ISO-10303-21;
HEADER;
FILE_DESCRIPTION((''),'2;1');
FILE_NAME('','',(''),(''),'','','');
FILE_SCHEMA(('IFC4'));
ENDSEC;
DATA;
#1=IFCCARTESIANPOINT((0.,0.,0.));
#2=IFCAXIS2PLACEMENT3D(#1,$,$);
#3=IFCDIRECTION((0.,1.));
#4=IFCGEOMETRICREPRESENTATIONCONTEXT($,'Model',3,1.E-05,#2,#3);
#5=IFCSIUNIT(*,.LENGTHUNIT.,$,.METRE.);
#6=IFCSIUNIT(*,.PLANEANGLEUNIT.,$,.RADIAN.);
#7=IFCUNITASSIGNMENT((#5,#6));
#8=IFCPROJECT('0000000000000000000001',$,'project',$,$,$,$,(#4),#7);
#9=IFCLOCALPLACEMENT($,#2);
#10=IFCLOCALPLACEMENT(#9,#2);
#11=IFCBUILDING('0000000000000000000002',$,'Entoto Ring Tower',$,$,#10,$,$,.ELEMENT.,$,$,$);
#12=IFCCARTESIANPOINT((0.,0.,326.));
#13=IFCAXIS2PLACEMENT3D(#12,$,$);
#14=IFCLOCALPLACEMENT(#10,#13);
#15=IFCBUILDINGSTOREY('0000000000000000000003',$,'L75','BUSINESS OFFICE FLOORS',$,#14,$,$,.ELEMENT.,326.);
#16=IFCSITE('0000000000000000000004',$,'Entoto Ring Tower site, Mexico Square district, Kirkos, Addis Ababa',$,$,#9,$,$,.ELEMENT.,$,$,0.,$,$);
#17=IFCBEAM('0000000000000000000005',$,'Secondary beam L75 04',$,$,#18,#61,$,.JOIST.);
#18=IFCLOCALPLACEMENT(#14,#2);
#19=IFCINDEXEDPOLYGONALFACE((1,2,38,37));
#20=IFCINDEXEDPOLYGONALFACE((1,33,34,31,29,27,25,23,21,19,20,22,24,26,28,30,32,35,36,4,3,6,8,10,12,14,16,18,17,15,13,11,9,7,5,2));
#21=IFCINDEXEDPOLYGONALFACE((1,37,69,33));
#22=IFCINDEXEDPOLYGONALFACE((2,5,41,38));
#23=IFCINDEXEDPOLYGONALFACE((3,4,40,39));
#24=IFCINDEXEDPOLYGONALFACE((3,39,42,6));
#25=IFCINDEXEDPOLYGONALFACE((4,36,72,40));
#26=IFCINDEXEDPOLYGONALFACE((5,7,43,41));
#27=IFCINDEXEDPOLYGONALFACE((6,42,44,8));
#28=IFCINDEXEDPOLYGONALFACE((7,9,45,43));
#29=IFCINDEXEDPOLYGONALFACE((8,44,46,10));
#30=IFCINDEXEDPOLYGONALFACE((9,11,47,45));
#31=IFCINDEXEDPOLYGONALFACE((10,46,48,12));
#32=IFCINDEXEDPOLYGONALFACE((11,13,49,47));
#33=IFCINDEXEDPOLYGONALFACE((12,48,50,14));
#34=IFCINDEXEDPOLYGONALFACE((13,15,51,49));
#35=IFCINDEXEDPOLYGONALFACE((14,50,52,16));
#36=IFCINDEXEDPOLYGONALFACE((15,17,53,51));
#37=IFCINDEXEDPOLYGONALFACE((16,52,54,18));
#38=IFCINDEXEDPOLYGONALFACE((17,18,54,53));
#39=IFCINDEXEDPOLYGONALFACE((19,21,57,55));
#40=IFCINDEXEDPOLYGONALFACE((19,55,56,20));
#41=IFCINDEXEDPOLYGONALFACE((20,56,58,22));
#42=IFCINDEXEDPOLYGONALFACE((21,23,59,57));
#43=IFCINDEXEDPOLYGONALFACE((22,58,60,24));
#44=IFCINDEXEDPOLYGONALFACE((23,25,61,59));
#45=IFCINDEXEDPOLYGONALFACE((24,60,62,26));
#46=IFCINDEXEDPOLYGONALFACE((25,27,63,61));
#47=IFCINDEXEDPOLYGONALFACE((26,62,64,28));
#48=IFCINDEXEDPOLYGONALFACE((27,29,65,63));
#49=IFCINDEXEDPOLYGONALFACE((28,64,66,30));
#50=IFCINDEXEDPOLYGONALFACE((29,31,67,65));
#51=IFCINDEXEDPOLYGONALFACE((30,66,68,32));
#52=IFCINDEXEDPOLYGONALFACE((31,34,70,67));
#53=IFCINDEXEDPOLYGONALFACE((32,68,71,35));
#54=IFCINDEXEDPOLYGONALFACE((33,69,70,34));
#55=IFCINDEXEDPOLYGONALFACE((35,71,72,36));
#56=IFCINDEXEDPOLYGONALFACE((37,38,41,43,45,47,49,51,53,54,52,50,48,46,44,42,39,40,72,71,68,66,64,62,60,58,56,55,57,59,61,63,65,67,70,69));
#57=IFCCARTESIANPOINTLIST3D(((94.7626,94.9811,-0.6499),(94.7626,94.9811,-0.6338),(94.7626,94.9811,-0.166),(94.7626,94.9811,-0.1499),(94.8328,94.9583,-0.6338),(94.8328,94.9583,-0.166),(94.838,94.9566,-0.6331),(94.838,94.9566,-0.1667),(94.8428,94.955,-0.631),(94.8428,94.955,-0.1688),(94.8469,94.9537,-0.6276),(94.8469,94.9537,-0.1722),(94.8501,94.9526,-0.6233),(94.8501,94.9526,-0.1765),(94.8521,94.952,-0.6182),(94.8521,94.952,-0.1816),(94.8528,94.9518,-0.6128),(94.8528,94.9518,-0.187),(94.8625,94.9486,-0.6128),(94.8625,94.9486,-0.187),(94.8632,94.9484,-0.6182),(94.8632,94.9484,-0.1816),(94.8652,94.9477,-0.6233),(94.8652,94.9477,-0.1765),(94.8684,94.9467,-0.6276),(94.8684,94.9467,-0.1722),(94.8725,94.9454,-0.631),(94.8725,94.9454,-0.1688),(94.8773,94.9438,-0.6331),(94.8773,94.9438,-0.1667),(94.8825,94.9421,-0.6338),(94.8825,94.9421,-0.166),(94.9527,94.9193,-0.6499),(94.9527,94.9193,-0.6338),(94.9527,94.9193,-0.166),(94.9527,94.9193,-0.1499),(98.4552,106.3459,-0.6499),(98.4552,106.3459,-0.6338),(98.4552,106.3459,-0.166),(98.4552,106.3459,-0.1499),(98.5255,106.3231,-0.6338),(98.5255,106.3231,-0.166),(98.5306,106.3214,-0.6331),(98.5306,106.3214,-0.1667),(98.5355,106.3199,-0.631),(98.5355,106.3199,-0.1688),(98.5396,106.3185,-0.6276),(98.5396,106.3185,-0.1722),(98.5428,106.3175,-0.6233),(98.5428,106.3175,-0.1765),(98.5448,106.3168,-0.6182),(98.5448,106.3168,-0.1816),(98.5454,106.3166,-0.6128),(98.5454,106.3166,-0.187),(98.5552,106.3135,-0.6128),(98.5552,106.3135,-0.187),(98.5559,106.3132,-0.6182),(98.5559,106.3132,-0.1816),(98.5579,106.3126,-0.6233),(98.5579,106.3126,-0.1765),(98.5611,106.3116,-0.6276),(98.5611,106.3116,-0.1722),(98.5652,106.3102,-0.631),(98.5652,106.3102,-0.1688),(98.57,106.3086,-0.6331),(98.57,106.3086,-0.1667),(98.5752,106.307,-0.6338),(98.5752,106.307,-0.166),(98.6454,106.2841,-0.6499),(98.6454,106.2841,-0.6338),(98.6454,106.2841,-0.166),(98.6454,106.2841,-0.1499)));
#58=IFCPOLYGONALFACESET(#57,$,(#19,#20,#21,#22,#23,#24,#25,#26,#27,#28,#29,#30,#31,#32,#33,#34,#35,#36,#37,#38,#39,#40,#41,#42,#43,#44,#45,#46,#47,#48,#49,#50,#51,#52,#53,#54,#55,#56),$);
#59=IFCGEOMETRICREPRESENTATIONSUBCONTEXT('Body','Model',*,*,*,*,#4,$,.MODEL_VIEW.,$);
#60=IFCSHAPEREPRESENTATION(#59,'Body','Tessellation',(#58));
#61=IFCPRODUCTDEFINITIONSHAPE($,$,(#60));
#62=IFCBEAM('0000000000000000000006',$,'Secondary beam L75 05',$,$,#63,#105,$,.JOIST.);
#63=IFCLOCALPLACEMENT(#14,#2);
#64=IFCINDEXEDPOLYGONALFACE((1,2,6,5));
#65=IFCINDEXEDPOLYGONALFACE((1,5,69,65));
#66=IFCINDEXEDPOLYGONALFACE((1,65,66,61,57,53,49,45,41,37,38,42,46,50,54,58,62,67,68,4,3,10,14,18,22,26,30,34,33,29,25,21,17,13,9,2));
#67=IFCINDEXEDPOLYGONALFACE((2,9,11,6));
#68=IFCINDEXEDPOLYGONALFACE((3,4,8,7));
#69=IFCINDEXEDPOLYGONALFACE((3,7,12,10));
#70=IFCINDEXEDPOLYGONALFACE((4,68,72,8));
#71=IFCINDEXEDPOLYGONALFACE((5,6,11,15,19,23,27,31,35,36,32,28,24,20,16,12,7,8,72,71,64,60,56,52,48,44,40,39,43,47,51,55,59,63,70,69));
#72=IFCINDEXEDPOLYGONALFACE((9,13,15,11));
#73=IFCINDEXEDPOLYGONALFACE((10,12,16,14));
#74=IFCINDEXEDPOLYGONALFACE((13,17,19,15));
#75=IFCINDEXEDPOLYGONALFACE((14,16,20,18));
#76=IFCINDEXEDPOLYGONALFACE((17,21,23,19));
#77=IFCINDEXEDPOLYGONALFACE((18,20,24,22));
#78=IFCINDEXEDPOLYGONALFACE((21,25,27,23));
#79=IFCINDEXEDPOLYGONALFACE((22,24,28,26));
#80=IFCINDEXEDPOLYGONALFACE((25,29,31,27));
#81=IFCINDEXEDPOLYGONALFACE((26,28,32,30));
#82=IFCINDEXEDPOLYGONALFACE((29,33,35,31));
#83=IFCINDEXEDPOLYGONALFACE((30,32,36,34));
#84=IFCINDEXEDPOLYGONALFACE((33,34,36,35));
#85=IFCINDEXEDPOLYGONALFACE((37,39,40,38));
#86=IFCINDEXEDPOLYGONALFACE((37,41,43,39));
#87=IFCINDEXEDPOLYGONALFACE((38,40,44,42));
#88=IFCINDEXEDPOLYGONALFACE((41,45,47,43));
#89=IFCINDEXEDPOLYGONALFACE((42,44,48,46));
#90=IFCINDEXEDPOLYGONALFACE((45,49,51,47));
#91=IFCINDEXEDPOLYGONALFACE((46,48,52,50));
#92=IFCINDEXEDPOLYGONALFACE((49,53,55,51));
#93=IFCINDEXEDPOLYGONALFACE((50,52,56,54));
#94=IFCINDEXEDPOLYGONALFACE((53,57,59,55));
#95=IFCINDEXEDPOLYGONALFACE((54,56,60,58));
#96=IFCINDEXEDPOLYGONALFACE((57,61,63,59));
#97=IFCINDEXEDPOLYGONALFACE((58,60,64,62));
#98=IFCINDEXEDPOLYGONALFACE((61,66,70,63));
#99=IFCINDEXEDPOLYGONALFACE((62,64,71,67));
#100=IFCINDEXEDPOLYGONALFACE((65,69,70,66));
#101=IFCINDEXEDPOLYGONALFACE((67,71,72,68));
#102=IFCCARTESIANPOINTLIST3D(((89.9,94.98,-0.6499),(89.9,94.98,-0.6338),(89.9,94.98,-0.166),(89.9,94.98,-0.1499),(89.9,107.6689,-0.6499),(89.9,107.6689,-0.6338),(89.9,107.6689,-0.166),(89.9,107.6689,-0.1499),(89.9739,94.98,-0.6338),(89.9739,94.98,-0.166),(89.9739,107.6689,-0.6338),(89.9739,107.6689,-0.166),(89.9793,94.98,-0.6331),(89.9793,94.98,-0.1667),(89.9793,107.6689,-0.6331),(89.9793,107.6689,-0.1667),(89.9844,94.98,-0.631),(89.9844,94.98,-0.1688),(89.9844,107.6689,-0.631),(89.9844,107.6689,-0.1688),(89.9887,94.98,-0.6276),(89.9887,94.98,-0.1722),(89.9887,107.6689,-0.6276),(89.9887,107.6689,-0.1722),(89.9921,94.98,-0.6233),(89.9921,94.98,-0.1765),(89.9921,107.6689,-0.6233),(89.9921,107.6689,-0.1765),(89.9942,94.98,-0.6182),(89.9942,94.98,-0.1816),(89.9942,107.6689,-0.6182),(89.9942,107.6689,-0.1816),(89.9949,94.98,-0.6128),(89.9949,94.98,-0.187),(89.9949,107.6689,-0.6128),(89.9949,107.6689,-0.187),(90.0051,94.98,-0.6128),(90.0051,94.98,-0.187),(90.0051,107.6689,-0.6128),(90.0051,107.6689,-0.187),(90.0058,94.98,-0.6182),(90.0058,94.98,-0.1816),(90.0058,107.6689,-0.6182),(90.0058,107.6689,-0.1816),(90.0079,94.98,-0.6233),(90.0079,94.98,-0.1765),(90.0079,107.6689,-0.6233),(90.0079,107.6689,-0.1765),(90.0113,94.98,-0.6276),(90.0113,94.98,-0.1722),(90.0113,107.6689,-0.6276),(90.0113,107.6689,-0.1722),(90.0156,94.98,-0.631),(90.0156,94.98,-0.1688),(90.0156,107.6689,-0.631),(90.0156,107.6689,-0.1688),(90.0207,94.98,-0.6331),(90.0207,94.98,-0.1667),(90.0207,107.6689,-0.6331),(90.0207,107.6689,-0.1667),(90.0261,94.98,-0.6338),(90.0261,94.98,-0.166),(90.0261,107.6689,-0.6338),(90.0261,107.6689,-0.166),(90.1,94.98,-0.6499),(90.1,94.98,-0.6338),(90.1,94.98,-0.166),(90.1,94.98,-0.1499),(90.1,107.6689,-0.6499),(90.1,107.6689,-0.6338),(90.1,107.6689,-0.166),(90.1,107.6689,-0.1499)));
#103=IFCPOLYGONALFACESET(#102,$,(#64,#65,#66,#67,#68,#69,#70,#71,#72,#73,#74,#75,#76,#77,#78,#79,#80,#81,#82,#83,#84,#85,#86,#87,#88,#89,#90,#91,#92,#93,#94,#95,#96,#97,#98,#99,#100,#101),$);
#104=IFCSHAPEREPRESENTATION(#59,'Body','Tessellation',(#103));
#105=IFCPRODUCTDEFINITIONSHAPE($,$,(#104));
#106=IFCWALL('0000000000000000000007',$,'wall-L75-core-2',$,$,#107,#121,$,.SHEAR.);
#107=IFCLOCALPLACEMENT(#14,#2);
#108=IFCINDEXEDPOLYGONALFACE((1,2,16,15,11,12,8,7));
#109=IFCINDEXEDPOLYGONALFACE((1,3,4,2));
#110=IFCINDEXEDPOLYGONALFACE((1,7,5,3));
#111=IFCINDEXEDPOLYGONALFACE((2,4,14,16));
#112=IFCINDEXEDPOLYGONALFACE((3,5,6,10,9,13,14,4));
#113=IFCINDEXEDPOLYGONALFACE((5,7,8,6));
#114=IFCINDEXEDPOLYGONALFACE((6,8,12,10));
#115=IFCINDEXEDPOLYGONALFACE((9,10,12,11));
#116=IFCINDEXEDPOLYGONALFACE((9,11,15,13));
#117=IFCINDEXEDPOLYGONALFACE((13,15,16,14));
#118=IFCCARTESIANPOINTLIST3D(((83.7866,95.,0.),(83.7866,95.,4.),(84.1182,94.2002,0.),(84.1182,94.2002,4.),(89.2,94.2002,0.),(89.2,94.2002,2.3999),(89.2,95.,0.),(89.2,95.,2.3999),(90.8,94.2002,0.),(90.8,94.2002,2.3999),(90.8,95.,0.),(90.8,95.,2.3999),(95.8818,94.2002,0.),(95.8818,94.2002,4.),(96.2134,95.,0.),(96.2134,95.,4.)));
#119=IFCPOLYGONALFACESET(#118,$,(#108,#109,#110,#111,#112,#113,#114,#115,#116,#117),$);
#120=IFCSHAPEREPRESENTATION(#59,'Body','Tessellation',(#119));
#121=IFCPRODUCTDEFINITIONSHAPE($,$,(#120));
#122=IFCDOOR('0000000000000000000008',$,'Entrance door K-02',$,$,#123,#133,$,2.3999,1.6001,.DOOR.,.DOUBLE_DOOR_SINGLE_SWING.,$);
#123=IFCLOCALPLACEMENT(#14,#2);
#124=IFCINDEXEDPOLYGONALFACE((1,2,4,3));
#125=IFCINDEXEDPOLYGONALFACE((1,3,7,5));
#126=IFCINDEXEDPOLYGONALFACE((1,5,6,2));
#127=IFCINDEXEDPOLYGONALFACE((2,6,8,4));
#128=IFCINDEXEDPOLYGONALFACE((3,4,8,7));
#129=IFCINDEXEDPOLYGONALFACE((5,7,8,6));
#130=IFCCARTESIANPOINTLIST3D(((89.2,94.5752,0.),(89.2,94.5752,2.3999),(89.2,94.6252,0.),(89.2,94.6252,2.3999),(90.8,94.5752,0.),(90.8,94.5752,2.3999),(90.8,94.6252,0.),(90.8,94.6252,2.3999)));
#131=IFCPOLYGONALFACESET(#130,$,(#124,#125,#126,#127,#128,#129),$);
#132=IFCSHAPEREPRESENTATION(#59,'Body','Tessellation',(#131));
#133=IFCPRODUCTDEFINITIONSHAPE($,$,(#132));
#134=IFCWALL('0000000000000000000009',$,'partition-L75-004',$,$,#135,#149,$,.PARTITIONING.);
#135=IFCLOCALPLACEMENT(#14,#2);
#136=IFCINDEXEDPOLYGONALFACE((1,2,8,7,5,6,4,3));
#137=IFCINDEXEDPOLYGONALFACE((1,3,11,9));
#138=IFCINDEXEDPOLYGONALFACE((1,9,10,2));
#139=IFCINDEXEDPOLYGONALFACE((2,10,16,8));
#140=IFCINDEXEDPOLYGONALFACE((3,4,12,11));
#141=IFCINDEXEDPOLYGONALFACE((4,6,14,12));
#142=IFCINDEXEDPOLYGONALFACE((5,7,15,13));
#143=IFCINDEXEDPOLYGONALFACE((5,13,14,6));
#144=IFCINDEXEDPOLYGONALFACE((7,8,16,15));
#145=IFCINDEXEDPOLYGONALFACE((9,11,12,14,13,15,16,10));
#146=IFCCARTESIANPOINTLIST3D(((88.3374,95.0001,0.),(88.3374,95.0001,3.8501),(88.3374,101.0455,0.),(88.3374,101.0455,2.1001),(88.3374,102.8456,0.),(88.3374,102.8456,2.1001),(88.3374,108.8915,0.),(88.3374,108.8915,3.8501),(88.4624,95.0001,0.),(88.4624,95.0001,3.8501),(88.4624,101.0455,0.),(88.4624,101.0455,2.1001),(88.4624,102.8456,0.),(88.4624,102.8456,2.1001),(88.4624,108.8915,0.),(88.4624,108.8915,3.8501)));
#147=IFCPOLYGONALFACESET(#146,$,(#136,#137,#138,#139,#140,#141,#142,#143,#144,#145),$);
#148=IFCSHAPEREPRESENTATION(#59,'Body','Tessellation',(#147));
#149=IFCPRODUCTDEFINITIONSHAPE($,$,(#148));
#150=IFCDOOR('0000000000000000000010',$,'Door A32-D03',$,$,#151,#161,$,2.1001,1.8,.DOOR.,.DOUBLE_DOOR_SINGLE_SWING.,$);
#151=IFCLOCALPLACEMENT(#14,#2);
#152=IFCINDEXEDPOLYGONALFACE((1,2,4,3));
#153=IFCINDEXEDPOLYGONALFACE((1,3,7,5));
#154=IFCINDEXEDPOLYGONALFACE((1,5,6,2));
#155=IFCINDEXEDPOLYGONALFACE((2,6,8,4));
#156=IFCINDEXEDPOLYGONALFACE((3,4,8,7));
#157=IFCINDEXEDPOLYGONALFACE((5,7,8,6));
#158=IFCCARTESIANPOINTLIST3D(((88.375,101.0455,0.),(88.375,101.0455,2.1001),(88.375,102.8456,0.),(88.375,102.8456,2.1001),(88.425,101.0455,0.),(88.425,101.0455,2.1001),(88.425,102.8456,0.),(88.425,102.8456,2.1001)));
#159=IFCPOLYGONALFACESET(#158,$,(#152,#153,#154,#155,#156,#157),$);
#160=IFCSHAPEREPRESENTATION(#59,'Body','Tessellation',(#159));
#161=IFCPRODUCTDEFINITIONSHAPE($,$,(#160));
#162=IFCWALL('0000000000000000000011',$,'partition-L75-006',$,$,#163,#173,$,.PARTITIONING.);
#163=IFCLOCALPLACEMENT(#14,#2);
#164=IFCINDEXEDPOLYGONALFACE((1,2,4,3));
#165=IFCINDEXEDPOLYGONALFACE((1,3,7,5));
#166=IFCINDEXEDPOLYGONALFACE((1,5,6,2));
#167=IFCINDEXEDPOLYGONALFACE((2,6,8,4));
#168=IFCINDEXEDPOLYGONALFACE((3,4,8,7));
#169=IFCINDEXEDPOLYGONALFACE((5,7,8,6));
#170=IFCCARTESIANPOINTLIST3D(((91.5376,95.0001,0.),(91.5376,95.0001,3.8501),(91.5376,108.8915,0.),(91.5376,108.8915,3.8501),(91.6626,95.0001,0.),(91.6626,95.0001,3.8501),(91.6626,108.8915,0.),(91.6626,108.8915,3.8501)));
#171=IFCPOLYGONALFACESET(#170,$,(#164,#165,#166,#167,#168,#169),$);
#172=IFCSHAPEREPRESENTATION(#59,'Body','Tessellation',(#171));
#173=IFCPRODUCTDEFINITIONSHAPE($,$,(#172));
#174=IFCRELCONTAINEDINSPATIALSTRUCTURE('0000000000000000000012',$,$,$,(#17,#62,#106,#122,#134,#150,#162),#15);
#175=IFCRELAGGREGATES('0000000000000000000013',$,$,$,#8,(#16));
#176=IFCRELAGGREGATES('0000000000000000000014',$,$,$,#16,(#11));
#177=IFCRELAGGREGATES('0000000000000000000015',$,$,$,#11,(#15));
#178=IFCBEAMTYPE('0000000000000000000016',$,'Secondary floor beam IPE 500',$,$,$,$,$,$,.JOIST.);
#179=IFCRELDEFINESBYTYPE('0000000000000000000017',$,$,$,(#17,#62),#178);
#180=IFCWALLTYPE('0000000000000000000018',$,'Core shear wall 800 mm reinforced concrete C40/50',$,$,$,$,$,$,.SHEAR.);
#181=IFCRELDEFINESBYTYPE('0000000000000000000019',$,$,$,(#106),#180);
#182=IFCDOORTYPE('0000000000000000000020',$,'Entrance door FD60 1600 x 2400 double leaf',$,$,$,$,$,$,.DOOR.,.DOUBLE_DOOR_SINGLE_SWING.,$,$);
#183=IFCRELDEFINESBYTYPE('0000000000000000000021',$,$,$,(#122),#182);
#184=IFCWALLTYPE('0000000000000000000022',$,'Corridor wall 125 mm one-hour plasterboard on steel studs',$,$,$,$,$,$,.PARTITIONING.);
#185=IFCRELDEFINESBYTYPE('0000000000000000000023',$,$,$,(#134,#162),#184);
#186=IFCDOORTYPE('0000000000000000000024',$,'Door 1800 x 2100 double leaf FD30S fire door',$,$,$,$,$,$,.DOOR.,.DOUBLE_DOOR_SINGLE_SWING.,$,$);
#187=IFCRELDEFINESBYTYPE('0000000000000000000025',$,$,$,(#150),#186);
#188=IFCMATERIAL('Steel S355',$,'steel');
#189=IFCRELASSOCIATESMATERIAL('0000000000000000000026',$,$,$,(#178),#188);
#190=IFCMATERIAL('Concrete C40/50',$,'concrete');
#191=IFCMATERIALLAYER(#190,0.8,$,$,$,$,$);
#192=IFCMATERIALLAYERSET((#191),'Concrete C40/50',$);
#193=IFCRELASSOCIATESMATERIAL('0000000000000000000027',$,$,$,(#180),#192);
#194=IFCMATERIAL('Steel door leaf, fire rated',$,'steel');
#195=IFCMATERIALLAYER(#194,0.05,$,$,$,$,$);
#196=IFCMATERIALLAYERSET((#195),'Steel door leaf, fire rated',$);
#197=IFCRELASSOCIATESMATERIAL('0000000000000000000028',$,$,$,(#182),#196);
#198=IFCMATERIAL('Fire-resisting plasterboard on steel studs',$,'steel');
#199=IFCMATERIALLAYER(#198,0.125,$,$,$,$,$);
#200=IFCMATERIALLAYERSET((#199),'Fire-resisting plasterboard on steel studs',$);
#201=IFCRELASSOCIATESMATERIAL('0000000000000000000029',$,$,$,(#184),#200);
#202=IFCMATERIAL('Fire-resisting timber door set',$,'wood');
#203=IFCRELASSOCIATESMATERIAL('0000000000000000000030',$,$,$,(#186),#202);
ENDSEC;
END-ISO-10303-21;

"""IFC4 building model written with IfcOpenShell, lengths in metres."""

from ifc_helpers import new_model, si_unit, direction, frame, frame_2d, origin, origin_2d, place, context, subcontext, project, spatial, polyline, rectangle, i_section, outline, extrude, material, layer, layer_set, material_profile, profile_set, type_object, element, fill, save


model = new_model("IFC4")

# Units and contexts
model_context = context("Model", 3, precision=1e-05, world=origin(), true_north=direction((0.0, 1.0)))
body_context = subcontext(model_context, "Body", "Model", "MODEL_VIEW")
ifc_project = project(units=[si_unit("LENGTHUNIT", "METRE"), si_unit("PLANEANGLEUNIT", "RADIAN")], contexts=[model_context])

# Site, building, storey
site_placement = place(None, origin())
site = spatial("IfcSite", under=ifc_project, at=site_placement, Name="Entoto Ring Tower site, Mexico Square district, Kirkos, Addis Ababa", CompositionType="ELEMENT", RefElevation=0.0)
building_placement = place(site_placement, origin())
building = spatial("IfcBuilding", under=site, at=building_placement, Name="Entoto Ring Tower", CompositionType="ELEMENT")
storey_placement = place(building_placement, frame((0.0, 0.0, 326.0)))
storey = spatial("IfcBuildingStorey", under=building, at=storey_placement, Name="L75", Description="BUSINESS OFFICE FLOORS", CompositionType="ELEMENT", Elevation=326.0)

# Beams
ifc_material_1 = material(Name="Steel S355", Category="steel")
ifc_material_profile_1 = material_profile(ifc_material_1, i_section(OverallWidth=0.2, OverallDepth=0.5, WebThickness=0.0103, FlangeThickness=0.0161, FilletRadius=0.021, at=origin_2d()), Name="IPE 500")
ifc_profile_set_1 = profile_set([ifc_material_profile_1], Name="Steel S355")
beam_type_1 = type_object("IfcBeamType", Name="Secondary floor beam IPE 500", PredefinedType="JOIST", material=ifc_profile_set_1)
beam_1_placement = place(storey_placement, frame((94.8577, 94.9502, -0.3999), z_axis=(0.309017, 0.951057, 0.0), x_axis=(-0.951057, 0.309017, 0.0)))
element("IfcBeam", 1, at=beam_1_placement, inside=storey, type_object=beam_type_1, Name="Secondary beam L75 04", PredefinedType="JOIST", context=body_context, shape_type="SweptSolid", body=[
    extrude(i_section(OverallWidth=0.2, OverallDepth=0.5, WebThickness=0.0103, FlangeThickness=0.0161, FilletRadius=0.021, at=origin_2d()), origin(), (0.0, 0.0, 1.0), 11.9497),
])
beam_2_placement = place(storey_placement, frame((90.0, 94.98, -0.3999), z_axis=(0.0, 1.0, 0.0), x_axis=(-1.0, 0.0, 0.0)))
element("IfcBeam", 2, at=beam_2_placement, inside=storey, type_object=beam_type_1, Name="Secondary beam L75 05", PredefinedType="JOIST", context=body_context, shape_type="SweptSolid", body=[
    extrude(i_section(OverallWidth=0.2, OverallDepth=0.5, WebThickness=0.0103, FlangeThickness=0.0161, FilletRadius=0.021, at=origin_2d()), origin(), (0.0, 0.0, 1.0), 12.689),
])

# Walls, openings, doors
ifc_material_2 = material(Name="Concrete C40/50", Category="concrete")
ifc_layer_1 = layer(ifc_material_2, 0.8)
ifc_layer_set_1 = layer_set([ifc_layer_1], Name="Concrete C40/50")
wall_type_1 = type_object("IfcWallType", Name="Core shear wall 800 mm reinforced concrete C40/50", PredefinedType="SHEAR", material=ifc_layer_set_1)
wall_1_placement = place(storey_placement, frame((96.0476, 94.6001, 0.0), z_axis=(0.0, 0.0, 1.0), x_axis=(-1.0, 0.0, 0.0)))
wall_1 = element("IfcWall", 3, at=wall_1_placement, inside=storey, type_object=wall_type_1, Name="wall-L75-core-2", PredefinedType="SHEAR", context=body_context, shape_type="SweptSolid", body=[
    extrude(outline(polyline([(-0.1658, -0.3999), (12.261, -0.3999), (11.9294, 0.3999), (0.1658, 0.3999), (-0.1658, -0.3999)])), origin(), (0.0, 0.0, 1.0), 4.0),
])
opening_1_placement = place(wall_1_placement, frame((5.2476, 0.0, 0.0)))
opening_1 = element("IfcOpeningElement", 4, at=opening_1_placement, cuts=wall_1, PredefinedType="OPENING", context=body_context, shape_type="SweptSolid", body=[
    extrude(rectangle(XDim=1.6001, YDim=2.3999, at=frame_2d((0.8, 1.2))), frame((0.0, 0.4102, 0.0), z_axis=(0.0, -1.0, 0.0), x_axis=(1.0, 0.0, 0.0)), (0.0, 0.0, 1.0), 0.8201),
])
ifc_material_3 = material(Name="Steel door leaf, fire rated", Category="steel")
ifc_layer_2 = layer(ifc_material_3, 0.05)
ifc_layer_set_2 = layer_set([ifc_layer_2], Name="Steel door leaf, fire rated")
door_type_1 = type_object("IfcDoorType", Name="Entrance door FD60 1600 x 2400 double leaf", OperationType="DOUBLE_DOOR_SINGLE_SWING", PredefinedType="DOOR", material=ifc_layer_set_2)
door_1_placement = place(opening_1_placement, origin())
door_1 = element("IfcDoor", 5, at=door_1_placement, inside=storey, type_object=door_type_1, Name="Entrance door K-02", OperationType="DOUBLE_DOOR_SINGLE_SWING", OverallHeight=2.3999, OverallWidth=1.6001, PredefinedType="DOOR", context=body_context, shape_type="SweptSolid", body=[
    extrude(rectangle(XDim=1.6001, YDim=2.3999, at=frame_2d((0.8, 1.2))), frame((0.0, 0.0249, 0.0), z_axis=(0.0, -1.0, 0.0), x_axis=(1.0, 0.0, 0.0)), (0.0, 0.0, 1.0), 0.05),
])
fill(opening_1, door_1)
ifc_material_4 = material(Name="Fire-resisting plasterboard on steel studs", Category="steel")
ifc_layer_3 = layer(ifc_material_4, 0.125)
ifc_layer_set_3 = layer_set([ifc_layer_3], Name="Fire-resisting plasterboard on steel studs")
wall_type_2 = type_object("IfcWallType", Name="Corridor wall 125 mm one-hour plasterboard on steel studs", PredefinedType="PARTITIONING", material=ifc_layer_set_3)
wall_2_placement = place(storey_placement, frame((88.3999, 95.0, 0.0), z_axis=(0.0, 0.0, 1.0), x_axis=(0.0, 1.0, 0.0)))
wall_2 = element("IfcWall", 6, at=wall_2_placement, inside=storey, type_object=wall_type_2, Name="partition-L75-004", PredefinedType="PARTITIONING", context=body_context, shape_type="SweptSolid", body=[
    extrude(rectangle(XDim=13.8914, YDim=0.125, at=frame_2d((6.9458, 0.0))), origin(), (0.0, 0.0, 1.0), 3.8501),
])
opening_2_placement = place(wall_2_placement, frame((6.0457, 0.0, 0.0)))
opening_2 = element("IfcOpeningElement", 7, at=opening_2_placement, cuts=wall_2, PredefinedType="OPENING", context=body_context, shape_type="SweptSolid", body=[
    extrude(rectangle(XDim=1.8, YDim=2.1001, at=frame_2d((0.8999, 1.05))), frame((0.0, 0.0725, 0.0), z_axis=(0.0, -1.0, 0.0), x_axis=(1.0, 0.0, 0.0)), (0.0, 0.0, 1.0), 0.145),
])
ifc_material_5 = material(Name="Fire-resisting timber door set", Category="wood")
door_type_2 = type_object("IfcDoorType", Name="Door 1800 x 2100 double leaf FD30S fire door", OperationType="DOUBLE_DOOR_SINGLE_SWING", PredefinedType="DOOR", material=ifc_material_5)
door_2_placement = place(opening_2_placement, origin())
door_2 = element("IfcDoor", 8, at=door_2_placement, inside=storey, type_object=door_type_2, Name="Door A32-D03", OperationType="DOUBLE_DOOR_SINGLE_SWING", OverallHeight=2.1001, OverallWidth=1.8, PredefinedType="DOOR", context=body_context, shape_type="SweptSolid", body=[
    extrude(rectangle(XDim=1.8, YDim=2.1001, at=frame_2d((0.8999, 1.05))), frame((0.0, 0.0249, 0.0), z_axis=(0.0, -1.0, 0.0), x_axis=(1.0, 0.0, 0.0)), (0.0, 0.0, 1.0), 0.05),
])
fill(opening_2, door_2)

# Wall
wall_3_placement = place(storey_placement, frame((91.6001, 95.0, 0.0), z_axis=(0.0, 0.0, 1.0), x_axis=(0.0, 1.0, 0.0)))
element("IfcWall", 9, at=wall_3_placement, inside=storey, type_object=wall_type_2, Name="partition-L75-006", PredefinedType="PARTITIONING", context=body_context, shape_type="SweptSolid", body=[
    extrude(rectangle(XDim=13.8914, YDim=0.125, at=frame_2d((6.9458, 0.0))), origin(), (0.0, 0.0, 1.0), 3.8501),
])

save(model, "model.ifc")
